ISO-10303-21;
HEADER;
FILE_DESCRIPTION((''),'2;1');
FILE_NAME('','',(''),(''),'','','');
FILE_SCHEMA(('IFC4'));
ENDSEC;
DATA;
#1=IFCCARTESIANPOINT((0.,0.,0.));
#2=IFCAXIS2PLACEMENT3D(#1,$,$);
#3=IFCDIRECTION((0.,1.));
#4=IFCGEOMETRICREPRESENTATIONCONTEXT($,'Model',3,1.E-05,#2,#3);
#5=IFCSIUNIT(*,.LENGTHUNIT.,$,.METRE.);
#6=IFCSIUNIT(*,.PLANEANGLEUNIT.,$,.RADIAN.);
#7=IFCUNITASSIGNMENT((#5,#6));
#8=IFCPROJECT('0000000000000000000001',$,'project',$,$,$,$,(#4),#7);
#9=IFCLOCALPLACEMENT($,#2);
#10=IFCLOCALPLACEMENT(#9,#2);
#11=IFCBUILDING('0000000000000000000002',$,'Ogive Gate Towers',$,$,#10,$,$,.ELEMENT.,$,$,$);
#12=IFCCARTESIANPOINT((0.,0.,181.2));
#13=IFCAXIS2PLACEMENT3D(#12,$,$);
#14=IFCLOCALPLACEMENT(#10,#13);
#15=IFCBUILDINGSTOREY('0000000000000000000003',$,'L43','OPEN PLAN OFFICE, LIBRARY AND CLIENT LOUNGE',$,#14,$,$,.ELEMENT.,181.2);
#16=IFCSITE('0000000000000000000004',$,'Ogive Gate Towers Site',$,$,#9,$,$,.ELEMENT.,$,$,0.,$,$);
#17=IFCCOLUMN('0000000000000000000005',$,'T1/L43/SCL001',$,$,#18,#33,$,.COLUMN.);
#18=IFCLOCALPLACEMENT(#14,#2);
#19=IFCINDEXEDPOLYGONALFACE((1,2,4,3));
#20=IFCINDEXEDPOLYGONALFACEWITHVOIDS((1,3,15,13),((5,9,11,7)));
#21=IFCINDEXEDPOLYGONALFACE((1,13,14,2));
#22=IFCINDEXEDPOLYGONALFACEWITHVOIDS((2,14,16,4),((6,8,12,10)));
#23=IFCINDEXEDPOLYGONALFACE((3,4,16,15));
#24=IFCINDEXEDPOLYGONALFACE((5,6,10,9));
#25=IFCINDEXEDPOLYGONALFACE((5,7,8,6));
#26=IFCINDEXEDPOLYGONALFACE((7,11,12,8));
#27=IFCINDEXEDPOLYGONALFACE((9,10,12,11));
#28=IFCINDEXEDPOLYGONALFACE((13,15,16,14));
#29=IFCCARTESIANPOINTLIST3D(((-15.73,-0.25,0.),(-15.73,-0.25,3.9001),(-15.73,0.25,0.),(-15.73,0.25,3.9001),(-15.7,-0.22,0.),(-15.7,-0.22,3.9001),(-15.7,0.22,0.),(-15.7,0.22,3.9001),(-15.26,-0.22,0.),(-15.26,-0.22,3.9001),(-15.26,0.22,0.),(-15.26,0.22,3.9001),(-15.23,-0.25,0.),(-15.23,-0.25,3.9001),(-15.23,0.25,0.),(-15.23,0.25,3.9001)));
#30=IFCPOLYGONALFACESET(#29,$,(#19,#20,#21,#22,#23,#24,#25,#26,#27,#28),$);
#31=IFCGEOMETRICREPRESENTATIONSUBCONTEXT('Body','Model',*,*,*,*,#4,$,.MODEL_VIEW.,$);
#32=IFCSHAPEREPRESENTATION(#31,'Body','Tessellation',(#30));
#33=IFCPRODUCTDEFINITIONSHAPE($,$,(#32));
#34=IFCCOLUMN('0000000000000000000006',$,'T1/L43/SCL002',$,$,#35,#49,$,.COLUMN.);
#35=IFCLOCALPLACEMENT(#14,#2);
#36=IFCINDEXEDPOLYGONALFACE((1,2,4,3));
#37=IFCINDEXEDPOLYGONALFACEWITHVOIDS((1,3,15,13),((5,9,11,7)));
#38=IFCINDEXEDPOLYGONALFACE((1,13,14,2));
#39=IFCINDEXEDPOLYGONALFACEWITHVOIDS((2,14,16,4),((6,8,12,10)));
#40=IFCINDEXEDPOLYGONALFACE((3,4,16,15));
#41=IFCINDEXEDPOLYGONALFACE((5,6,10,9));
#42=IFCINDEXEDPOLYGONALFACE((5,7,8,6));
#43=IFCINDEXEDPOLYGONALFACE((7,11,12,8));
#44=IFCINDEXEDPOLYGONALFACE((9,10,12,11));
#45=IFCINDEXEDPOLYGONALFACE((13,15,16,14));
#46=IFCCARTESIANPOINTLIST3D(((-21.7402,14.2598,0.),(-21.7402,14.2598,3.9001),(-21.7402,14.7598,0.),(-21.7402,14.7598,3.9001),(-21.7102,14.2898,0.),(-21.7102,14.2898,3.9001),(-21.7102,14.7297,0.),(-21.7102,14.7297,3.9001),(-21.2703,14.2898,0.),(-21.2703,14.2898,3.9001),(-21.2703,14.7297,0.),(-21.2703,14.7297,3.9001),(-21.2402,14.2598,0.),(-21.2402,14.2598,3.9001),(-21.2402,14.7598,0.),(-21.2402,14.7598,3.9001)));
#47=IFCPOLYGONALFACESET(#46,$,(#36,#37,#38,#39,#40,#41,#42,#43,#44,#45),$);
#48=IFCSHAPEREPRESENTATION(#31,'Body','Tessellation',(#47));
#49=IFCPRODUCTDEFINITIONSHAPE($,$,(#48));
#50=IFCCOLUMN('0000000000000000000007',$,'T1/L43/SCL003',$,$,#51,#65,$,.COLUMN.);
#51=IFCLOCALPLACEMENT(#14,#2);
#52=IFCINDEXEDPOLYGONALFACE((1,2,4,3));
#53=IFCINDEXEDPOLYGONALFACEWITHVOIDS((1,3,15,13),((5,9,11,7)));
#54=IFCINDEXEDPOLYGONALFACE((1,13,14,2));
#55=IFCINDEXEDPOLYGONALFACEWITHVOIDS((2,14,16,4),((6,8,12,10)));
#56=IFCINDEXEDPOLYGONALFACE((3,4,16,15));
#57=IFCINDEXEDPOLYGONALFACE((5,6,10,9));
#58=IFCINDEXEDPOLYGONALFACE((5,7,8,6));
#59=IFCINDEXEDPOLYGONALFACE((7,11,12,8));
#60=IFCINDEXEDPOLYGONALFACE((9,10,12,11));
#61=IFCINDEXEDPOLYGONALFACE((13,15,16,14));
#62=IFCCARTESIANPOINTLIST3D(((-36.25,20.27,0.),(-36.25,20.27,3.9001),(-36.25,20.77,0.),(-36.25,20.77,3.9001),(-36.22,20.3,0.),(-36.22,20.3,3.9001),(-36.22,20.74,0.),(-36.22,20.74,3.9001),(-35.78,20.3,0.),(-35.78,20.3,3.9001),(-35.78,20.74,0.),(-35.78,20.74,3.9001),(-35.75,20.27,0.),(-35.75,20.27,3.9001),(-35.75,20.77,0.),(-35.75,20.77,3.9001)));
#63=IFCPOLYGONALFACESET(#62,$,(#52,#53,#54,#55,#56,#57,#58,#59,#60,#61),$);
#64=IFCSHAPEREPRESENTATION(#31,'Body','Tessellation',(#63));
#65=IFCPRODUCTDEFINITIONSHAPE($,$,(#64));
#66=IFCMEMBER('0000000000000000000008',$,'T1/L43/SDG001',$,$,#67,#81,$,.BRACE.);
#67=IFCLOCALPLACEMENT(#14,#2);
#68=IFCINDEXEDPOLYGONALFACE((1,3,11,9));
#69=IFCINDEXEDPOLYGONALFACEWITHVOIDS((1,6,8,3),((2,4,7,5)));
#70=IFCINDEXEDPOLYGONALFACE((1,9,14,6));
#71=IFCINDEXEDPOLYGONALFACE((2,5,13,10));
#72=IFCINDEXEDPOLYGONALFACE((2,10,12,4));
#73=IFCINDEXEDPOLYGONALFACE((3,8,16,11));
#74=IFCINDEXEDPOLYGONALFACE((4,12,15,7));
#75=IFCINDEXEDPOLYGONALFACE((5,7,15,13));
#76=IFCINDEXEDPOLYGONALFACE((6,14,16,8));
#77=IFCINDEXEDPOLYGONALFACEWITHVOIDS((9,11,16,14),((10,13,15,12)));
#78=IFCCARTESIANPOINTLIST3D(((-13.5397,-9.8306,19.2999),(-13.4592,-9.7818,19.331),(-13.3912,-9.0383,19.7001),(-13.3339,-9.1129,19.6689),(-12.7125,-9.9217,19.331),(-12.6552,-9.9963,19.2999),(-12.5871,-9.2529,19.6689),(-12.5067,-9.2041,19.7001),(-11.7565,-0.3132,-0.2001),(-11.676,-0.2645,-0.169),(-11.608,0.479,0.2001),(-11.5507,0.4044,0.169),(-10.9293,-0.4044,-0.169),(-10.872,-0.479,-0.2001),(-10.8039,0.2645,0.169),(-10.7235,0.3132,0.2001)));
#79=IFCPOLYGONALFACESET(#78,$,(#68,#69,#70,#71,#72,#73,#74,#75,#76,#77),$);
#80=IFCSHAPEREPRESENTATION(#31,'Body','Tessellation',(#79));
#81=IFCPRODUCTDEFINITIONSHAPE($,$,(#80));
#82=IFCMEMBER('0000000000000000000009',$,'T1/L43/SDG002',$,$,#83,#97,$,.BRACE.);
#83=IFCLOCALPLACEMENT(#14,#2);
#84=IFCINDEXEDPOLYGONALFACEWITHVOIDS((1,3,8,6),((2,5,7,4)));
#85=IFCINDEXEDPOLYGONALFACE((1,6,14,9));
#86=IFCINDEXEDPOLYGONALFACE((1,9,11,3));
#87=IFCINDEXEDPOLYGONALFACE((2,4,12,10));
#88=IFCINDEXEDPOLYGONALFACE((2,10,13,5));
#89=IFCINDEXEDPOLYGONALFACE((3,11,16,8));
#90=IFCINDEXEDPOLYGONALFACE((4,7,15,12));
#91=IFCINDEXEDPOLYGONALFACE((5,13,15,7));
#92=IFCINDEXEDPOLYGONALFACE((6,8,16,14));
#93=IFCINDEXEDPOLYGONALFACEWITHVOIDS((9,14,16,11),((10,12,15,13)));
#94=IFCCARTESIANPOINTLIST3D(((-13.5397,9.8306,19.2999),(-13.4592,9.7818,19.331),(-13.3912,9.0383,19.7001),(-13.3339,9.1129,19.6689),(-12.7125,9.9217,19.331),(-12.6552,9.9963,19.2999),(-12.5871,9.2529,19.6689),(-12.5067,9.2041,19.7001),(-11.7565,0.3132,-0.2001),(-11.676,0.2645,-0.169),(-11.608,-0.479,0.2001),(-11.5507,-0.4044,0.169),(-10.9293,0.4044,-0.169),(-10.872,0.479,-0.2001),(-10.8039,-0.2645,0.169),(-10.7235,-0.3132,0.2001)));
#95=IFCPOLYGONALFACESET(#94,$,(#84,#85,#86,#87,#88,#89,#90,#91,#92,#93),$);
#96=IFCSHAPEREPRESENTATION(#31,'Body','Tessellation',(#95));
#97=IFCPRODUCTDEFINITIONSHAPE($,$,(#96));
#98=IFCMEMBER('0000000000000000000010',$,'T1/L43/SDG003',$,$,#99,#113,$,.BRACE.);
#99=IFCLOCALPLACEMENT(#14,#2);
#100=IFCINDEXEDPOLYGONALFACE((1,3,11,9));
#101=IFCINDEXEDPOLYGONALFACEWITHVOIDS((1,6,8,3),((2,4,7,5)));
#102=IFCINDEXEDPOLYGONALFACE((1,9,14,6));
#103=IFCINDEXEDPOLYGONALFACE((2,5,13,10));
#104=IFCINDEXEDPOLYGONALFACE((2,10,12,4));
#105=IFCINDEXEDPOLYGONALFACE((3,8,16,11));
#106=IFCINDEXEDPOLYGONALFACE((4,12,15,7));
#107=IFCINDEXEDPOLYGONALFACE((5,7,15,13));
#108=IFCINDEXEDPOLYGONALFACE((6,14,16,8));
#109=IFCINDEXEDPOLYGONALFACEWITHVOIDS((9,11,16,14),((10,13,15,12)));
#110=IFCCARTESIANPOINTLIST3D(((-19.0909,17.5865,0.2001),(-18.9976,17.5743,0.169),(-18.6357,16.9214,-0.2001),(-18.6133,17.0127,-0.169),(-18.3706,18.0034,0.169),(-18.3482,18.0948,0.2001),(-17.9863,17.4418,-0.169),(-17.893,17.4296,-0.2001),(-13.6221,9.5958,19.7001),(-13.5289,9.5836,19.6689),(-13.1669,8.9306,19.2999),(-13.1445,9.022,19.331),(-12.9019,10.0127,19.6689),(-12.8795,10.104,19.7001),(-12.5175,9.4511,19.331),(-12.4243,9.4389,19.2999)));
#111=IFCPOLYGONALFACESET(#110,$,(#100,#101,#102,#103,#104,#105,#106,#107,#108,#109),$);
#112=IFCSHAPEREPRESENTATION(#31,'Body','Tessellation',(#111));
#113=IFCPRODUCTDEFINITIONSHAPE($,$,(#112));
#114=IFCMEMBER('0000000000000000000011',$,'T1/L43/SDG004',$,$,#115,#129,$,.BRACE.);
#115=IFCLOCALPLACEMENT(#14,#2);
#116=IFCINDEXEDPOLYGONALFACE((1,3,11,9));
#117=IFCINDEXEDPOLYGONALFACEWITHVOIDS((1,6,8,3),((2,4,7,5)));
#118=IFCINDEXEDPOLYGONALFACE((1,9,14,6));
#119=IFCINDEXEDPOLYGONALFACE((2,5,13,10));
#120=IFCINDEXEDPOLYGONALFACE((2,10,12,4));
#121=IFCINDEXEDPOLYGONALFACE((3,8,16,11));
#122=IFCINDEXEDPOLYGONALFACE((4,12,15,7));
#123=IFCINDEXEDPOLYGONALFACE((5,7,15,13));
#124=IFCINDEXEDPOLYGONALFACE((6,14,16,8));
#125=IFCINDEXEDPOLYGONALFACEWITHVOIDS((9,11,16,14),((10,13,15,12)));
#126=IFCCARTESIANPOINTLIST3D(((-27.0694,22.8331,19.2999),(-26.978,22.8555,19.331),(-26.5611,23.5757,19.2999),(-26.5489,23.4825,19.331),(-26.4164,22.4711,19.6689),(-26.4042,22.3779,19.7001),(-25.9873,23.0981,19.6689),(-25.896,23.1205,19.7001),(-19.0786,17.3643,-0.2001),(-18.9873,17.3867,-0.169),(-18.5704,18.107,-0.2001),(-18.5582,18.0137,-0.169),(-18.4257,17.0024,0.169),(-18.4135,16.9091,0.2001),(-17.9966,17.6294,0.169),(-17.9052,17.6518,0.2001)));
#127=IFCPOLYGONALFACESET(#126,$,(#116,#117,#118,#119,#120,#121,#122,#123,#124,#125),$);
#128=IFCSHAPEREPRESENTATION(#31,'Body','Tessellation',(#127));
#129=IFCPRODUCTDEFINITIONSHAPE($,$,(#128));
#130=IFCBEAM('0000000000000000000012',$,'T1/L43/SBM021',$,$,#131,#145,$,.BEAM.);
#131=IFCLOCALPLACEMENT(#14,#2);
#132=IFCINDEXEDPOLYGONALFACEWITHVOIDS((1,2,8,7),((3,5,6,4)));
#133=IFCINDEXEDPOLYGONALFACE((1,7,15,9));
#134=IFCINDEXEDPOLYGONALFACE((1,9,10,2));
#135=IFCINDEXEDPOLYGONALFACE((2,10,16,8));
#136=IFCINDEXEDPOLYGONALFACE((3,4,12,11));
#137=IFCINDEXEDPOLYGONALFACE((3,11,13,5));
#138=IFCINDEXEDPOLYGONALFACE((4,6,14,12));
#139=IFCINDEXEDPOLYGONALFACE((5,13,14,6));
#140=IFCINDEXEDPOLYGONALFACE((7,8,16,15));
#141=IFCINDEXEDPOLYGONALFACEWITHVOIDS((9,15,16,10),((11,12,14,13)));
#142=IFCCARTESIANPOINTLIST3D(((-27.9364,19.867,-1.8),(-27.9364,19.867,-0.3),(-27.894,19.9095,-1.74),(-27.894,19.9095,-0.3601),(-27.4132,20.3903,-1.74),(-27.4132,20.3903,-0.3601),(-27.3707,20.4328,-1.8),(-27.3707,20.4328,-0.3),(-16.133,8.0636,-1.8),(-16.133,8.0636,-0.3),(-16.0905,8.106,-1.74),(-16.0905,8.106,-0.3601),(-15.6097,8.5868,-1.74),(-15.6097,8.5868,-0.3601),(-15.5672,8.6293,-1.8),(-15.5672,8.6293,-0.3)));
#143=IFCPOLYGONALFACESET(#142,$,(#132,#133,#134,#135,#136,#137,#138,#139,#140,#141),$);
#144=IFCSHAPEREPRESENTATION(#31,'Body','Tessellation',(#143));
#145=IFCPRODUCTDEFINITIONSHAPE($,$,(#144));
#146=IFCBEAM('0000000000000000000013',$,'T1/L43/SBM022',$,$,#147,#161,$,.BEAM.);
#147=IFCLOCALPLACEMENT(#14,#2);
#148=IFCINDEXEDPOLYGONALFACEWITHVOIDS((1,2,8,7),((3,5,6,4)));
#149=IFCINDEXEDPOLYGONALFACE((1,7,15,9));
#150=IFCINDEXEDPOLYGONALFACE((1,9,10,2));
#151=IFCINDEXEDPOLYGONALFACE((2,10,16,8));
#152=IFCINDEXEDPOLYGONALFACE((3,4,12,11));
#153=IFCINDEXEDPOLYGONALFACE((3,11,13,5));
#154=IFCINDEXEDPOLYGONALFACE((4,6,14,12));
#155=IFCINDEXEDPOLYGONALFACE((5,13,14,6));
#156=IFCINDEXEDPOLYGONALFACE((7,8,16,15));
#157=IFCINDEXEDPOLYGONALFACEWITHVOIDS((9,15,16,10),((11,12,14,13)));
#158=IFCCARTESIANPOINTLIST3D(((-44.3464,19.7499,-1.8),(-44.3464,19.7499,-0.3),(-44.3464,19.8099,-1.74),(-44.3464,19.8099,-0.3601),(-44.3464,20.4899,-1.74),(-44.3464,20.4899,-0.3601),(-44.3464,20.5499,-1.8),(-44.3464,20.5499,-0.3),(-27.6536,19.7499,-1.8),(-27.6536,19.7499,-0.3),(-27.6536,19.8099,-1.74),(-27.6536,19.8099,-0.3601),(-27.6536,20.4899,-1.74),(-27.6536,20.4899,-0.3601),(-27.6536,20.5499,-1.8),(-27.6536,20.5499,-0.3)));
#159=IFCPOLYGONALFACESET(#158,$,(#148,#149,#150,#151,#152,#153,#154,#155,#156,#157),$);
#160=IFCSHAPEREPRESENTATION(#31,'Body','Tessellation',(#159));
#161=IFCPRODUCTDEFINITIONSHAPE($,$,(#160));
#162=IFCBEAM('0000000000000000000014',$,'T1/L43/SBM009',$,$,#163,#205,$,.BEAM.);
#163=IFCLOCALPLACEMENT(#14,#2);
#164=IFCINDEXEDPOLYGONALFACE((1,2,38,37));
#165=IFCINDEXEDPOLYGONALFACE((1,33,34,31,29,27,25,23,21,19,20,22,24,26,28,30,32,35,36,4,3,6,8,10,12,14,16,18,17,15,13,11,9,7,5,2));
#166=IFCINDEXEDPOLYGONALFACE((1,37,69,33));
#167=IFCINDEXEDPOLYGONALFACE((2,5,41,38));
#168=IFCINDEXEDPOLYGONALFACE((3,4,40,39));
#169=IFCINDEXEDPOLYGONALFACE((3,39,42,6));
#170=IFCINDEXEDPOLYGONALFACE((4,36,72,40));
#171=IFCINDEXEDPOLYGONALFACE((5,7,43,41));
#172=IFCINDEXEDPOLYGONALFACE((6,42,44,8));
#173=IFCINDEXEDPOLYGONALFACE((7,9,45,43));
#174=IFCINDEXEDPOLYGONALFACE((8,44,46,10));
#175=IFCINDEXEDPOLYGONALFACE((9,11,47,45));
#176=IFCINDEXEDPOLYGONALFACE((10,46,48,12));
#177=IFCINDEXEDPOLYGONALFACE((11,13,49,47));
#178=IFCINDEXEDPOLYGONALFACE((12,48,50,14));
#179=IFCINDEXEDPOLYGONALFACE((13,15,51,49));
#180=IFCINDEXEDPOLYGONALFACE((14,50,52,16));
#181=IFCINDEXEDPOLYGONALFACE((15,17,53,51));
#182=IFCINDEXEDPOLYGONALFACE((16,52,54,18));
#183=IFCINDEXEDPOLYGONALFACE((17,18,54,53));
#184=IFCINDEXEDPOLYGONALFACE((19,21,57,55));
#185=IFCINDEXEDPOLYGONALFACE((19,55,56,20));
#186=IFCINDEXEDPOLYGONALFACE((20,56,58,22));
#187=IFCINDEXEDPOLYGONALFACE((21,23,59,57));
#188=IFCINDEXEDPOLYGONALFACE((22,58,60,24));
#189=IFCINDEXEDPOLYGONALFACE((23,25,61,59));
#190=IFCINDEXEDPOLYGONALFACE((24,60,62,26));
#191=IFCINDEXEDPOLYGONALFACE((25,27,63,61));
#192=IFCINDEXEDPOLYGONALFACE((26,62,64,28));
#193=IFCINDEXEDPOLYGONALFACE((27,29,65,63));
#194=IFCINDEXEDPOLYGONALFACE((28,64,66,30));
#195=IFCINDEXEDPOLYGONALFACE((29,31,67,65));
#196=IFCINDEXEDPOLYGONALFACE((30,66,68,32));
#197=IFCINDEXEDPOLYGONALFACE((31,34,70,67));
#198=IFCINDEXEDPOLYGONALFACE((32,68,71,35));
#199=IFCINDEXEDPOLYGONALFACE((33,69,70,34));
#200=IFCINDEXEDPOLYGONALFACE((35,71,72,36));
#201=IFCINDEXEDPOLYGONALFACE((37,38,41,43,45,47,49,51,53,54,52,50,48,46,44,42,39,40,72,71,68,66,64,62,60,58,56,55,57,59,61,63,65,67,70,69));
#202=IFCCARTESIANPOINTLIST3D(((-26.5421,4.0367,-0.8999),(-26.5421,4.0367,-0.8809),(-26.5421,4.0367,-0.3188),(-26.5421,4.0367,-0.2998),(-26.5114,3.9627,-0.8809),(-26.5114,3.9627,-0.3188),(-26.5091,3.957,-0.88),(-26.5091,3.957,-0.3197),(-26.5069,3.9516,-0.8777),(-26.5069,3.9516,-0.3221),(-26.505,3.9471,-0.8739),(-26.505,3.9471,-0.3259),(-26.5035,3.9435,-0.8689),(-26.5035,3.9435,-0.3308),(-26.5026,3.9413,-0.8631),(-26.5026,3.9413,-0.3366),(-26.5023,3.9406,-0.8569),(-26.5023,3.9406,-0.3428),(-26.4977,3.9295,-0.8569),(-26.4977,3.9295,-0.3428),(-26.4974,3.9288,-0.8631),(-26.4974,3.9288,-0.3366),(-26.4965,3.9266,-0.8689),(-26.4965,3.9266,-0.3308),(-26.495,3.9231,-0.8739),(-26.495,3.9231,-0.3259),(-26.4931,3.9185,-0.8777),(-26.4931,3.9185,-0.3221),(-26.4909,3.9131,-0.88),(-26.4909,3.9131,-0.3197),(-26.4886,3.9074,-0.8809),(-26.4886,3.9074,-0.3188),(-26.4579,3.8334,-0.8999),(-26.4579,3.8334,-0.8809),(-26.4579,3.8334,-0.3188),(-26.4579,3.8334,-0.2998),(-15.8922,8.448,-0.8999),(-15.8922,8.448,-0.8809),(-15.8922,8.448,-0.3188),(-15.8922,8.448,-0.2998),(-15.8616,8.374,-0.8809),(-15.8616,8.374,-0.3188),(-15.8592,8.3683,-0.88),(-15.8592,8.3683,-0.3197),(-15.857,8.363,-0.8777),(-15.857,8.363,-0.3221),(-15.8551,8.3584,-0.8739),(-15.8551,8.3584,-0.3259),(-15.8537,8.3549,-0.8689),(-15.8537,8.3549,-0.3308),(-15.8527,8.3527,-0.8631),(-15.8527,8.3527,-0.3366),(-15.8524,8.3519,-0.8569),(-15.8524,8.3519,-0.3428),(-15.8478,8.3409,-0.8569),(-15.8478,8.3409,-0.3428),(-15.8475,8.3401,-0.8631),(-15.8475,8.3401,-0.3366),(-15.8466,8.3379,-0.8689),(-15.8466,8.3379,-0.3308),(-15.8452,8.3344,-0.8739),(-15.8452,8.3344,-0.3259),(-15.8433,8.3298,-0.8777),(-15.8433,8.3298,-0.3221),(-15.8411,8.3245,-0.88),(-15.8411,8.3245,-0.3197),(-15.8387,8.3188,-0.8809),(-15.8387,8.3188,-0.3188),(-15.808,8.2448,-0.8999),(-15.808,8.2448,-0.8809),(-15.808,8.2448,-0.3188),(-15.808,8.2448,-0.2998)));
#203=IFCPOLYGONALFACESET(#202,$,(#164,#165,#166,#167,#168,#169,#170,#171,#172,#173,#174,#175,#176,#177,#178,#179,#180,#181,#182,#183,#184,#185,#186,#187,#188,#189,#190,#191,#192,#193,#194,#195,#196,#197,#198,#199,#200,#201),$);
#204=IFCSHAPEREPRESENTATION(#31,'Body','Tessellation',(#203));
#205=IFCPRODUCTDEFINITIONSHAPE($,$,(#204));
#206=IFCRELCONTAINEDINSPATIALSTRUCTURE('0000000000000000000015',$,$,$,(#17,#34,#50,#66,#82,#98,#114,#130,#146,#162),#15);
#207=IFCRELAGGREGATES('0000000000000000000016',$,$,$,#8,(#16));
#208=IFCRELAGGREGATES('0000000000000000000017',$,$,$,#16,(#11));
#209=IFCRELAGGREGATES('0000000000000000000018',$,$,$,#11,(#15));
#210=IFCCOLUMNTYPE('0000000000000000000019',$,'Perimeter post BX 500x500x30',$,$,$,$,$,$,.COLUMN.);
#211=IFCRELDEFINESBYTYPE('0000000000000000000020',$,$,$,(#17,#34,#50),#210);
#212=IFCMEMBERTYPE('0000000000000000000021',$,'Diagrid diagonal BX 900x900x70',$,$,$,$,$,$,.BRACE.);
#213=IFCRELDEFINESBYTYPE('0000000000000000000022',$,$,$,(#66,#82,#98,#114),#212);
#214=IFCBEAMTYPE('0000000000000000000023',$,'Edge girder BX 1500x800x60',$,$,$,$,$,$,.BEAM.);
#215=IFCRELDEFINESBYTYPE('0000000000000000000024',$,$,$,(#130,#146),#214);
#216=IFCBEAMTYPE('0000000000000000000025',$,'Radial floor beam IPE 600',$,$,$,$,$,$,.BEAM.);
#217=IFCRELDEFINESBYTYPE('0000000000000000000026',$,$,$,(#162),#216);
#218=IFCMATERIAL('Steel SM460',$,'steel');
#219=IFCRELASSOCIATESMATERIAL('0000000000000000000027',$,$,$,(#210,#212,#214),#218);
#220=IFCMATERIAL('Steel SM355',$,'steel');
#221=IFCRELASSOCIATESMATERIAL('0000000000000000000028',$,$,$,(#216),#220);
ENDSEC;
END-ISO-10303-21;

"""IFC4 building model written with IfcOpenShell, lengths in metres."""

from ifc_helpers import new_model, si_unit, direction, frame, origin, origin_2d, place, context, subcontext, project, spatial, hollow_rectangle, i_section, extrude, material, material_profile, profile_set, type_object, element, save


model = new_model("IFC4")

# Units and contexts
model_context = context("Model", 3, precision=1e-05, world=origin(), true_north=direction((0.0, 1.0)))
body_context = subcontext(model_context, "Body", "Model", "MODEL_VIEW")
ifc_project = project(units=[si_unit("LENGTHUNIT", "METRE"), si_unit("PLANEANGLEUNIT", "RADIAN")], contexts=[model_context])

# Site, building, storey
site_placement = place(None, origin())
site = spatial("IfcSite", under=ifc_project, at=site_placement, Name="Ogive Gate Towers Site", CompositionType="ELEMENT", RefElevation=0.0)
building_placement = place(site_placement, origin())
building = spatial("IfcBuilding", under=site, at=building_placement, Name="Ogive Gate Towers", CompositionType="ELEMENT")
storey_placement = place(building_placement, frame((0.0, 0.0, 181.2)))
storey = spatial("IfcBuildingStorey", under=building, at=storey_placement, Name="L43", Description="OPEN PLAN OFFICE, LIBRARY AND CLIENT LOUNGE", CompositionType="ELEMENT", Elevation=181.2)

# Columns
ifc_material_1 = material(Name="Steel SM460", Category="steel")
ifc_material_profile_1 = material_profile(ifc_material_1, hollow_rectangle(XDim=0.5, YDim=0.5, WallThickness=0.03, at=origin_2d()), Name="BX 500x500x30")
ifc_profile_set_1 = profile_set([ifc_material_profile_1], Name="Steel SM460")
column_type = type_object("IfcColumnType", Name="Perimeter post BX 500x500x30", PredefinedType="COLUMN", material=ifc_profile_set_1)
for number, where, z_axis, x_axis, name in (
    (1, (-15.48, 0.0, 0.0), (0.0, 0.0, 1.0), (1.0, 0.0, 0.0), "T1/L43/SCL001"),
    (2, (-21.4902, 14.5098, 0.0), (0.0, 0.0, 1.0), (1.0, 0.0, 0.0), "T1/L43/SCL002"),
    (3, (-36.0, 20.52, 0.0), (0.0, 0.0, 1.0), (1.0, 0.0, 0.0), "T1/L43/SCL003"),
):
    element("IfcColumn", number, at=place(storey_placement, frame(where, z_axis=z_axis, x_axis=x_axis)), inside=storey, type_object=column_type, Name=name, PredefinedType="COLUMN", context=body_context, shape_type="SweptSolid", body=[
        extrude(hollow_rectangle(XDim=0.5, YDim=0.5, WallThickness=0.03, at=origin_2d()), origin(), (0.0, 0.0, 1.0), 3.9001),
    ])

# Members
ifc_material_profile_2 = material_profile(ifc_material_1, hollow_rectangle(XDim=0.8999, YDim=0.8999, WallThickness=0.0701, at=origin_2d()), Name="BX 900x900x70")
ifc_profile_set_2 = profile_set([ifc_material_profile_2], Name="Steel SM460")
member_type = type_object("IfcMemberType", Name="Diagrid diagonal BX 900x900x70", PredefinedType="BRACE", material=ifc_profile_set_2)
for number, where, z_axis, x_axis, name in (
    (4, (-11.24, 0.0, 0.0), (-0.081904, -0.437141, 0.895656), (0.982896, -0.184159, 0.0), "T1/L43/SDG001"),
    (5, (-11.24, 0.0, 0.0), (-0.081904, 0.437141, 0.895656), (-0.982896, -0.184159, 0.0), "T1/L43/SDG002"),
    (6, (-18.4919, 17.5081, 0.0), (0.251186, -0.367023, 0.895656), (0.825239, 0.564783, 0.0), "T1/L43/SDG003"),
    (7, (-18.4919, 17.5081, 0.0), (-0.367023, 0.251186, 0.895656), (-0.564783, -0.825239, 0.0), "T1/L43/SDG004"),
):
    element("IfcMember", number, at=place(storey_placement, frame(where, z_axis=z_axis, x_axis=x_axis)), inside=storey, type_object=member_type, Name=name, PredefinedType="BRACE", context=body_context, shape_type="SweptSolid", body=[
        extrude(hollow_rectangle(XDim=0.8999, YDim=0.8999, WallThickness=0.0701, at=origin_2d()), origin(), (0.0, 0.0, 1.0), 21.7717),
    ])

# Beams
ifc_material_profile_3 = material_profile(ifc_material_1, hollow_rectangle(XDim=0.8, YDim=1.5, WallThickness=0.0601, at=origin_2d()), Name="BX 1500x800x60")
ifc_profile_set_3 = profile_set([ifc_material_profile_3], Name="Steel SM460")
beam_type_1 = type_object("IfcBeamType", Name="Edge girder BX 1500x800x60", PredefinedType="BEAM", material=ifc_profile_set_3)
beam_1_placement = place(storey_placement, frame((-15.8501, 8.3464, -1.05), z_axis=(-0.707107, 0.707107, 0.0), x_axis=(-0.707107, -0.707107, 0.0)))
element("IfcBeam", 8, at=beam_1_placement, inside=storey, type_object=beam_type_1, Name="T1/L43/SBM021", PredefinedType="BEAM", context=body_context, shape_type="SweptSolid", body=[
    extrude(hollow_rectangle(XDim=0.8, YDim=1.5, WallThickness=0.0601, at=origin_2d()), origin(), (0.0, 0.0, 1.0), 16.6926),
])
beam_2_placement = place(storey_placement, frame((-27.6536, 20.1499, -1.05), z_axis=(-1.0, 0.0, 0.0), x_axis=(0.0, -1.0, 0.0)))
element("IfcBeam", 9, at=beam_2_placement, inside=storey, type_object=beam_type_1, Name="T1/L43/SBM022", PredefinedType="BEAM", context=body_context, shape_type="SweptSolid", body=[
    extrude(hollow_rectangle(XDim=0.8, YDim=1.5, WallThickness=0.0601, at=origin_2d()), origin(), (0.0, 0.0, 1.0), 16.6929),
])
ifc_material_2 = material(Name="Steel SM355", Category="steel")
ifc_material_profile_4 = material_profile(ifc_material_2, i_section(OverallWidth=0.22, OverallDepth=0.6001, WebThickness=0.012, FlangeThickness=0.019, FilletRadius=0.0239, at=origin_2d()), Name="IPE 600")
ifc_profile_set_4 = profile_set([ifc_material_profile_4], Name="Steel SM355")
beam_type_2 = type_object("IfcBeamType", Name="Radial floor beam IPE 600", PredefinedType="BEAM", material=ifc_profile_set_4)
for number, where, z_axis, x_axis, name in (
    (10, (-26.5, 3.9351, -0.5999), (0.923878, 0.382687, 0.0), (-0.382687, 0.923878, 0.0), "T1/L43/SBM009"),
):
    element("IfcBeam", number, at=place(storey_placement, frame(where, z_axis=z_axis, x_axis=x_axis)), inside=storey, type_object=beam_type_2, Name=name, PredefinedType="BEAM", context=body_context, shape_type="SweptSolid", body=[
        extrude(i_section(OverallWidth=0.22, OverallDepth=0.6001, WebThickness=0.012, FlangeThickness=0.019, FilletRadius=0.0239, at=origin_2d()), origin(), (0.0, 0.0, 1.0), 11.5273),
    ])

save(model, "model.ifc")
